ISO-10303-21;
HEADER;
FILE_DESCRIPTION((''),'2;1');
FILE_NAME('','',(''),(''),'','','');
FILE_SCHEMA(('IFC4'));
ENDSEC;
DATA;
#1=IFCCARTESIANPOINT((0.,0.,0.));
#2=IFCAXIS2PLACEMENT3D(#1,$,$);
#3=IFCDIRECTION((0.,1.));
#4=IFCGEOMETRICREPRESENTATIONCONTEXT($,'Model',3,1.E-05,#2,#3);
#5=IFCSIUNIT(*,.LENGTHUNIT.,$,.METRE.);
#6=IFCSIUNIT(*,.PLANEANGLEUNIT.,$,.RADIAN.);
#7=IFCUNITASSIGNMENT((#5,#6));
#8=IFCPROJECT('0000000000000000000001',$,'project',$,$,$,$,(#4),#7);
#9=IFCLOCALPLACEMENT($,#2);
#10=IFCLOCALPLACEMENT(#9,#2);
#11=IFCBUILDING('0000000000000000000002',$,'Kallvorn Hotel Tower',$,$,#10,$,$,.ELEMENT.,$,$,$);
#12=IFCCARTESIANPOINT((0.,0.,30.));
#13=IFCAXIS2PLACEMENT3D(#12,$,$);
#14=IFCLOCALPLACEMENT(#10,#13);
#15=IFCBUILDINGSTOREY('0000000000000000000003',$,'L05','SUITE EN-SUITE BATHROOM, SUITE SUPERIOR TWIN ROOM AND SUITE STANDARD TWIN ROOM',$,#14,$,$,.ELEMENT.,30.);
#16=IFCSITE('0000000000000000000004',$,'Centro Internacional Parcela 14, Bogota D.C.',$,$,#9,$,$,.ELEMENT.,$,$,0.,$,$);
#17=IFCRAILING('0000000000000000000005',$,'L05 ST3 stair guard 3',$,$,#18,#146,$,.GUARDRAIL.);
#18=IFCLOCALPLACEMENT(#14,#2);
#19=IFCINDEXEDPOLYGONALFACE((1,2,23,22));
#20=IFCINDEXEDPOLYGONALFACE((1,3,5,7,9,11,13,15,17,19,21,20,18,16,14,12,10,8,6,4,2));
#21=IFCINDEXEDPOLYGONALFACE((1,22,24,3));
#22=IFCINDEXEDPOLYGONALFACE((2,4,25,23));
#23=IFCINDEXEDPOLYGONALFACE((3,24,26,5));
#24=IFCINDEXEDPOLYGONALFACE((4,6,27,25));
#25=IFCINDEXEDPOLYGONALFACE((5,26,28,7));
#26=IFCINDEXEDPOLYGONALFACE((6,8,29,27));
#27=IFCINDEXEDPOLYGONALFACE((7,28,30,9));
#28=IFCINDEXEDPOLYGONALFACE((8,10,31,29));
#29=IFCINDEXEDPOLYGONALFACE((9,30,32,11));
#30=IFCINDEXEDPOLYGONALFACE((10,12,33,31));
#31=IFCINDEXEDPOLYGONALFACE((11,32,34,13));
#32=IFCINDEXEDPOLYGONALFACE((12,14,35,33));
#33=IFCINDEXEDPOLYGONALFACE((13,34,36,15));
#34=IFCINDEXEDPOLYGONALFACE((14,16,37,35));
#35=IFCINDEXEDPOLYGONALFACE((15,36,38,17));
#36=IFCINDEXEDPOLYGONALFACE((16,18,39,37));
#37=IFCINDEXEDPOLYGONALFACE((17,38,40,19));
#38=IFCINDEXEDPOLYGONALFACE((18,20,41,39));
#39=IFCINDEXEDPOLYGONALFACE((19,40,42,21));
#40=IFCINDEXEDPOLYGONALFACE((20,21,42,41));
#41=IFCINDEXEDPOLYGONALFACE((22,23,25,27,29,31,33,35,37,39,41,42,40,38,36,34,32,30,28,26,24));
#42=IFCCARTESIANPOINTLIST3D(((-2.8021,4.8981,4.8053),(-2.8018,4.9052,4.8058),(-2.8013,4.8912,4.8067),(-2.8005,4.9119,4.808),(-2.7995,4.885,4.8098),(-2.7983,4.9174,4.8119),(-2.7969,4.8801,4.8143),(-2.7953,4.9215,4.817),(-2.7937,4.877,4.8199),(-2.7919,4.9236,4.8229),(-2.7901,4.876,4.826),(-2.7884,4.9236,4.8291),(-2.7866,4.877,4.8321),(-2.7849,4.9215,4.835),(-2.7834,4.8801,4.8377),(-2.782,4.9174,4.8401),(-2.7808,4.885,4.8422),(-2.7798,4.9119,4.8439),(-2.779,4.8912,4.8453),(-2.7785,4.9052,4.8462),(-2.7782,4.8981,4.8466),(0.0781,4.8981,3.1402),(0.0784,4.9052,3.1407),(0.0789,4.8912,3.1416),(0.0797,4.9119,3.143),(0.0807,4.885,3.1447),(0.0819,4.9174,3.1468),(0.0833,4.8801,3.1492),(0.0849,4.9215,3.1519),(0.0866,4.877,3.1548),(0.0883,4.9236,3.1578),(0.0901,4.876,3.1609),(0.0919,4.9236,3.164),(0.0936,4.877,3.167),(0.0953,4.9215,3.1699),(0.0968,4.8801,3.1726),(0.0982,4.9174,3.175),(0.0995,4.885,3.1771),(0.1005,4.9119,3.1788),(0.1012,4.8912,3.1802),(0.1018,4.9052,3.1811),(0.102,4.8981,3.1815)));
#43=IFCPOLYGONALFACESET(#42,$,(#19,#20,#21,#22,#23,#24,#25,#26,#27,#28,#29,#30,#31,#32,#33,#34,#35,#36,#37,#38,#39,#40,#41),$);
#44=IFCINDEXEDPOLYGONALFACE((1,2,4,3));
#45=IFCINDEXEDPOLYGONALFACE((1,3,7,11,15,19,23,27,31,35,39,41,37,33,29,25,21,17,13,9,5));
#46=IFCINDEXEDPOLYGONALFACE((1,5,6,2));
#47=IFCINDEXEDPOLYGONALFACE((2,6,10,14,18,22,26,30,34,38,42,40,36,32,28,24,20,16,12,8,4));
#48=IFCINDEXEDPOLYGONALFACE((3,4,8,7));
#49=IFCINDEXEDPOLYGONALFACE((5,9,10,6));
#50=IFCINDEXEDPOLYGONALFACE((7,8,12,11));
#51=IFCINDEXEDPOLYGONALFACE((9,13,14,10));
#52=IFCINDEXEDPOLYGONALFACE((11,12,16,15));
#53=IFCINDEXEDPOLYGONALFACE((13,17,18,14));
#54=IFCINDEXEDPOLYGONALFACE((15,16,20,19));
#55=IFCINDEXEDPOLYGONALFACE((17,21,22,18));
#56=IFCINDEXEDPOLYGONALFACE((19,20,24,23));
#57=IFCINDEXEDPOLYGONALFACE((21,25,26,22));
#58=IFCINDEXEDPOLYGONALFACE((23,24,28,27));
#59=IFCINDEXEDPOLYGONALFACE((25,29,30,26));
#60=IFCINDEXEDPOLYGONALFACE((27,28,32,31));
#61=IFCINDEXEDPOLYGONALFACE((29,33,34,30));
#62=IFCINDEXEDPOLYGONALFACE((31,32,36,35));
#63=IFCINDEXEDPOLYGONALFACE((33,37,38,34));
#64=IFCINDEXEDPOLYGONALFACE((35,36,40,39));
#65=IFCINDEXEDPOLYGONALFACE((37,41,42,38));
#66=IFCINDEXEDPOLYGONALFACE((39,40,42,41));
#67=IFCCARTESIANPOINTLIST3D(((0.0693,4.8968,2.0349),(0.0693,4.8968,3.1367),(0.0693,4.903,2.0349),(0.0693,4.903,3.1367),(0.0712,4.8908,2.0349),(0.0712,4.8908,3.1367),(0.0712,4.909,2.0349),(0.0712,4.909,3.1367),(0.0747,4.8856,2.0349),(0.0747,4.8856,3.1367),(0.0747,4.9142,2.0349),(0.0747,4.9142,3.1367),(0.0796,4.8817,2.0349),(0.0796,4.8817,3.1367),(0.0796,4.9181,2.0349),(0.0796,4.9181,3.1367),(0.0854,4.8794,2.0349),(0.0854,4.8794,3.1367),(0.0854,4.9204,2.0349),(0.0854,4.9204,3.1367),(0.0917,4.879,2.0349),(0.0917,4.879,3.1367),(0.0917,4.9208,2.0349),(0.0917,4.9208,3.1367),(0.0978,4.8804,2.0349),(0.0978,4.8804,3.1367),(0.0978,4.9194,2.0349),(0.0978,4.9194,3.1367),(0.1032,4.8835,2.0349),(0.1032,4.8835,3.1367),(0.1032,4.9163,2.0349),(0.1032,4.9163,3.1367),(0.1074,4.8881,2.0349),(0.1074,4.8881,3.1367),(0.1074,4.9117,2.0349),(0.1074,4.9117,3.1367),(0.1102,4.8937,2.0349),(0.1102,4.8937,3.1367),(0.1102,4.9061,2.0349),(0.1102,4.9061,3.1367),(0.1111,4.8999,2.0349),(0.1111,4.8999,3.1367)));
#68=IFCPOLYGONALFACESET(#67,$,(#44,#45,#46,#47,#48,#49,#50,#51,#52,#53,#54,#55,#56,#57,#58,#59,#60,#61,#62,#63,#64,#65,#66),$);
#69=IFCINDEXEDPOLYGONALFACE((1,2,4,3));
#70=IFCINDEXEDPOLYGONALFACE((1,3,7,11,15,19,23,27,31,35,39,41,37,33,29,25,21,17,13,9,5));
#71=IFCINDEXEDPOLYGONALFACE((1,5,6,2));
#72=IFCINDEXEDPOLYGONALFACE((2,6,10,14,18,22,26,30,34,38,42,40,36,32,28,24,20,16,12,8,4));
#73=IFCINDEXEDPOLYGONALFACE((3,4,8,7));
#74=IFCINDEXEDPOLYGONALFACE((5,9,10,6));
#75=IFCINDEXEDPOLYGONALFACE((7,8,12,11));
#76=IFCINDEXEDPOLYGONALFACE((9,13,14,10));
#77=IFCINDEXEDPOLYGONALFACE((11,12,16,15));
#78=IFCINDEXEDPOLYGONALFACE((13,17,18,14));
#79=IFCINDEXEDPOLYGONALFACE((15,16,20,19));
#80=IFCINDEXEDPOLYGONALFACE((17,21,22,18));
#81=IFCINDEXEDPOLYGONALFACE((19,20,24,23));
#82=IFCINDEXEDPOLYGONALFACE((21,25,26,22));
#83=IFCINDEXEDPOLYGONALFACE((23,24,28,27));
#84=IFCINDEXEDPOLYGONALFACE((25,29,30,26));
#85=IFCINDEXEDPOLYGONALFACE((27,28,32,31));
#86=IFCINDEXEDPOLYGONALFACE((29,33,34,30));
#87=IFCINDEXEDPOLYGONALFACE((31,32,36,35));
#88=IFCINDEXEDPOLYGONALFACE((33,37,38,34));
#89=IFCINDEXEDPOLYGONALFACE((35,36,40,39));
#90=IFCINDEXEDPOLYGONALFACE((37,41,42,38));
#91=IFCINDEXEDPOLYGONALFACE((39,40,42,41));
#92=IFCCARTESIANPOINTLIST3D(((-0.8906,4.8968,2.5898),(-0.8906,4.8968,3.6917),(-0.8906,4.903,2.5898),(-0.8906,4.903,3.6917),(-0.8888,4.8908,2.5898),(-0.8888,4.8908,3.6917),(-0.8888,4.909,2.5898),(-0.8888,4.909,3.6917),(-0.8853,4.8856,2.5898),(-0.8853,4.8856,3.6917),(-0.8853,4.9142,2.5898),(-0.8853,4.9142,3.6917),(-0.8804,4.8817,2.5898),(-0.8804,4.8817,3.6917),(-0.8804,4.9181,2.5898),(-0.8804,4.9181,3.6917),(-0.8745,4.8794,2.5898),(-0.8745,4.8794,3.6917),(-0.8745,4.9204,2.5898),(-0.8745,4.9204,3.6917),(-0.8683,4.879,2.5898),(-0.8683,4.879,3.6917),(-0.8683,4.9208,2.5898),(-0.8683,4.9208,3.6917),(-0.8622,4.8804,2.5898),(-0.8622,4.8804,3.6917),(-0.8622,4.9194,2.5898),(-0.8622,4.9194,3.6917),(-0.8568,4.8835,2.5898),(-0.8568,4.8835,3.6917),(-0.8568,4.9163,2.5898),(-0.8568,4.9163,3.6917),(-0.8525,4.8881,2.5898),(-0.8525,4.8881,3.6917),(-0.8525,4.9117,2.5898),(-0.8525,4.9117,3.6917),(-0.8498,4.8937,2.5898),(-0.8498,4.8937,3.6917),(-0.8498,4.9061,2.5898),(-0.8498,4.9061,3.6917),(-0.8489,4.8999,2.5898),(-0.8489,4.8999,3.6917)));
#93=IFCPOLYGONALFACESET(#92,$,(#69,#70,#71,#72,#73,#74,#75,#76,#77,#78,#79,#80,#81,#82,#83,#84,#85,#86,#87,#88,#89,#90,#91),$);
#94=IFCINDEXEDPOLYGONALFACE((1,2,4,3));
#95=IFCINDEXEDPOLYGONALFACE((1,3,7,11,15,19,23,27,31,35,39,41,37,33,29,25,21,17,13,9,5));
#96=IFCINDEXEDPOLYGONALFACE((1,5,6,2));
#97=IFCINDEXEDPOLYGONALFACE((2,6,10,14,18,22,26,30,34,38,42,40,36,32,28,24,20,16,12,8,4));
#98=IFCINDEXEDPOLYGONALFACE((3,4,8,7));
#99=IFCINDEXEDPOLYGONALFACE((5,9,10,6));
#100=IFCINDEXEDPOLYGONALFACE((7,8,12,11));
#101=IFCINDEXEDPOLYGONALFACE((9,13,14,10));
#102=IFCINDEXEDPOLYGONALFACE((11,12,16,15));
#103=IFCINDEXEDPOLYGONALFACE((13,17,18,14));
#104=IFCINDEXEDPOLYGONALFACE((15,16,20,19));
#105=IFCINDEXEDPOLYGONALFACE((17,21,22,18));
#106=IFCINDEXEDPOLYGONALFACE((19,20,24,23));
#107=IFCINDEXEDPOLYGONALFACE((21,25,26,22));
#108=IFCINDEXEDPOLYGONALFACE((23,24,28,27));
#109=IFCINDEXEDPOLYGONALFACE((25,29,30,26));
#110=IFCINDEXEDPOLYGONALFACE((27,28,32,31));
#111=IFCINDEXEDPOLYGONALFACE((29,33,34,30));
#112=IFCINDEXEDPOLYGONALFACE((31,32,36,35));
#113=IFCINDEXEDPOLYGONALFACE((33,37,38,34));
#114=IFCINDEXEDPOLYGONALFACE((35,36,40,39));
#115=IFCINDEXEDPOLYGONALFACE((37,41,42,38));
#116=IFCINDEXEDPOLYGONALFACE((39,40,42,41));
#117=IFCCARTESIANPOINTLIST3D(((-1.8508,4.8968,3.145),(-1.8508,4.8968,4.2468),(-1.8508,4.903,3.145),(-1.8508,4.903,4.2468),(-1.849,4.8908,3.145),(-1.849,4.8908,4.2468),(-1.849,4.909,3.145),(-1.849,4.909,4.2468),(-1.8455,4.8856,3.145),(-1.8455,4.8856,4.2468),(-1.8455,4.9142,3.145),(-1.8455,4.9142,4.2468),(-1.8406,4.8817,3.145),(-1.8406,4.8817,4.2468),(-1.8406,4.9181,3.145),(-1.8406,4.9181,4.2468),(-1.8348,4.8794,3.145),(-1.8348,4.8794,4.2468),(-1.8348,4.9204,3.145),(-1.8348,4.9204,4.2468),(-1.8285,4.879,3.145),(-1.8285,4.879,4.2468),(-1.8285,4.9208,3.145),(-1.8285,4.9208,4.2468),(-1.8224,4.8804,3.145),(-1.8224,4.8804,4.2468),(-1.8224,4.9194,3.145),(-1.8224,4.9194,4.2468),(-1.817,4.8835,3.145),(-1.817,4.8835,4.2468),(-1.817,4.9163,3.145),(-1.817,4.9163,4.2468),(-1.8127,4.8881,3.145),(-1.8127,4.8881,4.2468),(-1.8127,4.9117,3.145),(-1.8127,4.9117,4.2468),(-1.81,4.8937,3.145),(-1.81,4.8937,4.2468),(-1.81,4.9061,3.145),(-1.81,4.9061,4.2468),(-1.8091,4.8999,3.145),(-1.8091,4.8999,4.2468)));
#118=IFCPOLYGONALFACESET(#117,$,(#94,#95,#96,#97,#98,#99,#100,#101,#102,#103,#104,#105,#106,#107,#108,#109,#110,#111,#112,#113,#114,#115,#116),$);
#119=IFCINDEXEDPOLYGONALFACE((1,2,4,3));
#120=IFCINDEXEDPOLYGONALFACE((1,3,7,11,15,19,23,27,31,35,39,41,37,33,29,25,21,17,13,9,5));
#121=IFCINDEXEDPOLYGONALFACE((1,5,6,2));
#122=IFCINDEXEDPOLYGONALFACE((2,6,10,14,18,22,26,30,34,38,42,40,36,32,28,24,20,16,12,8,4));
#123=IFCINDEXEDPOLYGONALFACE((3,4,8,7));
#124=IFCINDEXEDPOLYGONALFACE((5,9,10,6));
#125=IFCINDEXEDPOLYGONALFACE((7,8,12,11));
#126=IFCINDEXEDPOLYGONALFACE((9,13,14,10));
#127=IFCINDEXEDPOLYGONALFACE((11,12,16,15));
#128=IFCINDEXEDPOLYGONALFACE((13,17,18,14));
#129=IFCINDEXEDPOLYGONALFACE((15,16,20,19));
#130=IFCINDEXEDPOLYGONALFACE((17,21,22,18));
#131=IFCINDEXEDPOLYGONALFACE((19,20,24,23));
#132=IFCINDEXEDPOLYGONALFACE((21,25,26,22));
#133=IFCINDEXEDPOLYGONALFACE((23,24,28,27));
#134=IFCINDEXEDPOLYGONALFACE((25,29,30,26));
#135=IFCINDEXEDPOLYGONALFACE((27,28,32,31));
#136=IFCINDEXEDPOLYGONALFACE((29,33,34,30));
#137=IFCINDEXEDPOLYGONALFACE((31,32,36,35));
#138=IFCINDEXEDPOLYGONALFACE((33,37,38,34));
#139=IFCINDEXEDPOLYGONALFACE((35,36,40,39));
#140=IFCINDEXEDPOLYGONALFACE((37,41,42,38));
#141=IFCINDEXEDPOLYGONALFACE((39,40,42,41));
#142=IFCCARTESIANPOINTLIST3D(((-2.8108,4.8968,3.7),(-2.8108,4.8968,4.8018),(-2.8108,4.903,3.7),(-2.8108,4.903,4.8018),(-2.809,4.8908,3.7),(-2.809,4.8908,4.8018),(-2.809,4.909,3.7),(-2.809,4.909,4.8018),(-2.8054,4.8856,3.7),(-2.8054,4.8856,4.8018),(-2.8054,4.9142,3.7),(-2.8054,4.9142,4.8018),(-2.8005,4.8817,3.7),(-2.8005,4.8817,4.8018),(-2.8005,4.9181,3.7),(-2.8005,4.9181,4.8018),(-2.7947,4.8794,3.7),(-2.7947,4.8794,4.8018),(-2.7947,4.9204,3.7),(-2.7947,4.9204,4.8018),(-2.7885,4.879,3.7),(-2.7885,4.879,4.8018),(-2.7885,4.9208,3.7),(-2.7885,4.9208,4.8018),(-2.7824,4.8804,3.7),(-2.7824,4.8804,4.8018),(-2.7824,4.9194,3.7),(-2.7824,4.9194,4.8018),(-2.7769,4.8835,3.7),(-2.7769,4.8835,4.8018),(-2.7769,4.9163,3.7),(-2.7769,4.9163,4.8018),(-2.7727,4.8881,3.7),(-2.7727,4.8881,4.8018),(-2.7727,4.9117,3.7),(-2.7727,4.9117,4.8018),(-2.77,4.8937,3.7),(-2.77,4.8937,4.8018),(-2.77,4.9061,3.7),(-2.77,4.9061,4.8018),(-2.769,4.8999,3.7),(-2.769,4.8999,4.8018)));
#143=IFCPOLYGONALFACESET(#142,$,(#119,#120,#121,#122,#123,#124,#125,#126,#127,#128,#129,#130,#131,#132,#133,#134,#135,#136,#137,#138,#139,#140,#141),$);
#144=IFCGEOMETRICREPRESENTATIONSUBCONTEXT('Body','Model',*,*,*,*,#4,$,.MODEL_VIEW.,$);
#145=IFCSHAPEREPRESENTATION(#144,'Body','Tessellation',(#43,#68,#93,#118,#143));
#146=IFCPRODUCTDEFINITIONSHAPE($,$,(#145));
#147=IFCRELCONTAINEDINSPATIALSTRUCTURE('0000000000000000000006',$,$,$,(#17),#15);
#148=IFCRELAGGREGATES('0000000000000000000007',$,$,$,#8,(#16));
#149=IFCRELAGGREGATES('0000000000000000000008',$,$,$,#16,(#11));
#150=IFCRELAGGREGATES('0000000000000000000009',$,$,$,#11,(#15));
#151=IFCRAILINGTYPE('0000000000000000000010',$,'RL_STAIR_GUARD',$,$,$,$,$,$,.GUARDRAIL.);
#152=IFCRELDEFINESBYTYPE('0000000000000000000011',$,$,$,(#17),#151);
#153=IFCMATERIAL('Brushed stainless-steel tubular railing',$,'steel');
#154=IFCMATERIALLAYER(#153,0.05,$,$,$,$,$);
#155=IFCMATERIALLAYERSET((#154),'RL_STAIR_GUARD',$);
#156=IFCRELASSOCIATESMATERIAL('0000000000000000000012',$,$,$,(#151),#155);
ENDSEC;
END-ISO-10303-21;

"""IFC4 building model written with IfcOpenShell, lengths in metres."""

from ifc_helpers import new_model, si_unit, direction, frame, origin, origin_2d, place, context, subcontext, project, spatial, circle, extrude, material, layer, layer_set, type_object, element, save


model = new_model("IFC4")

# Units and contexts
model_context = context("Model", 3, precision=1e-05, world=origin(), true_north=direction((0.0, 1.0)))
body_context = subcontext(model_context, "Body", "Model", "MODEL_VIEW")
ifc_project = project(units=[si_unit("LENGTHUNIT", "METRE"), si_unit("PLANEANGLEUNIT", "RADIAN")], contexts=[model_context])

# Site, building, storey
site_placement = place(None, origin())
site = spatial("IfcSite", under=ifc_project, at=site_placement, Name="Centro Internacional Parcela 14, Bogota D.C.", CompositionType="ELEMENT", RefElevation=0.0)
building_placement = place(site_placement, origin())
building = spatial("IfcBuilding", under=site, at=building_placement, Name="Kallvorn Hotel Tower", CompositionType="ELEMENT")
storey_placement = place(building_placement, frame((0.0, 0.0, 30.0)))
storey = spatial("IfcBuildingStorey", under=building, at=storey_placement, Name="L05", Description="SUITE EN-SUITE BATHROOM, SUITE SUPERIOR TWIN ROOM AND SUITE STANDARD TWIN ROOM", CompositionType="ELEMENT", Elevation=30.0)

# Railing
ifc_material_1 = material(Name="Brushed stainless-steel tubular railing", Category="steel")
ifc_layer_1 = layer(ifc_material_1, 0.05)
ifc_layer_set_1 = layer_set([ifc_layer_1], Name="RL_STAIR_GUARD")
railing_type_1 = type_object("IfcRailingType", Name="RL_STAIR_GUARD", PredefinedType="GUARDRAIL", material=ifc_layer_set_1)
railing_1_placement = place(storey_placement, frame((0.0901, 4.8999, 2.0349)))
element("IfcRailing", 1, at=railing_1_placement, inside=storey, type_object=railing_type_1, Name="L05 ST3 stair guard 3", PredefinedType="GUARDRAIL", context=body_context, shape_type="SweptSolid", body=[
    extrude(circle(Radius=0.0239, at=origin_2d()), frame((0.0, 0.0, 1.126), z_axis=(-0.865739, 0.0, 0.500495), x_axis=(0.0, -1.0, 0.0)), (0.0, 0.0, 1.0), 3.3269),
    extrude(circle(Radius=0.021, at=origin_2d()), origin(), (0.0, 0.0, 1.0), 1.1018),
    extrude(circle(Radius=0.021, at=origin_2d()), frame((-0.96, 0.0, 0.5549)), (0.0, 0.0, 1.0), 1.1018),
    extrude(circle(Radius=0.021, at=origin_2d()), frame((-1.9202, 0.0, 1.1101)), (0.0, 0.0, 1.0), 1.1018),
    extrude(circle(Radius=0.021, at=origin_2d()), frame((-2.8801, 0.0, 1.665)), (0.0, 0.0, 1.0), 1.1018),
])

save(model, "model.ifc")
